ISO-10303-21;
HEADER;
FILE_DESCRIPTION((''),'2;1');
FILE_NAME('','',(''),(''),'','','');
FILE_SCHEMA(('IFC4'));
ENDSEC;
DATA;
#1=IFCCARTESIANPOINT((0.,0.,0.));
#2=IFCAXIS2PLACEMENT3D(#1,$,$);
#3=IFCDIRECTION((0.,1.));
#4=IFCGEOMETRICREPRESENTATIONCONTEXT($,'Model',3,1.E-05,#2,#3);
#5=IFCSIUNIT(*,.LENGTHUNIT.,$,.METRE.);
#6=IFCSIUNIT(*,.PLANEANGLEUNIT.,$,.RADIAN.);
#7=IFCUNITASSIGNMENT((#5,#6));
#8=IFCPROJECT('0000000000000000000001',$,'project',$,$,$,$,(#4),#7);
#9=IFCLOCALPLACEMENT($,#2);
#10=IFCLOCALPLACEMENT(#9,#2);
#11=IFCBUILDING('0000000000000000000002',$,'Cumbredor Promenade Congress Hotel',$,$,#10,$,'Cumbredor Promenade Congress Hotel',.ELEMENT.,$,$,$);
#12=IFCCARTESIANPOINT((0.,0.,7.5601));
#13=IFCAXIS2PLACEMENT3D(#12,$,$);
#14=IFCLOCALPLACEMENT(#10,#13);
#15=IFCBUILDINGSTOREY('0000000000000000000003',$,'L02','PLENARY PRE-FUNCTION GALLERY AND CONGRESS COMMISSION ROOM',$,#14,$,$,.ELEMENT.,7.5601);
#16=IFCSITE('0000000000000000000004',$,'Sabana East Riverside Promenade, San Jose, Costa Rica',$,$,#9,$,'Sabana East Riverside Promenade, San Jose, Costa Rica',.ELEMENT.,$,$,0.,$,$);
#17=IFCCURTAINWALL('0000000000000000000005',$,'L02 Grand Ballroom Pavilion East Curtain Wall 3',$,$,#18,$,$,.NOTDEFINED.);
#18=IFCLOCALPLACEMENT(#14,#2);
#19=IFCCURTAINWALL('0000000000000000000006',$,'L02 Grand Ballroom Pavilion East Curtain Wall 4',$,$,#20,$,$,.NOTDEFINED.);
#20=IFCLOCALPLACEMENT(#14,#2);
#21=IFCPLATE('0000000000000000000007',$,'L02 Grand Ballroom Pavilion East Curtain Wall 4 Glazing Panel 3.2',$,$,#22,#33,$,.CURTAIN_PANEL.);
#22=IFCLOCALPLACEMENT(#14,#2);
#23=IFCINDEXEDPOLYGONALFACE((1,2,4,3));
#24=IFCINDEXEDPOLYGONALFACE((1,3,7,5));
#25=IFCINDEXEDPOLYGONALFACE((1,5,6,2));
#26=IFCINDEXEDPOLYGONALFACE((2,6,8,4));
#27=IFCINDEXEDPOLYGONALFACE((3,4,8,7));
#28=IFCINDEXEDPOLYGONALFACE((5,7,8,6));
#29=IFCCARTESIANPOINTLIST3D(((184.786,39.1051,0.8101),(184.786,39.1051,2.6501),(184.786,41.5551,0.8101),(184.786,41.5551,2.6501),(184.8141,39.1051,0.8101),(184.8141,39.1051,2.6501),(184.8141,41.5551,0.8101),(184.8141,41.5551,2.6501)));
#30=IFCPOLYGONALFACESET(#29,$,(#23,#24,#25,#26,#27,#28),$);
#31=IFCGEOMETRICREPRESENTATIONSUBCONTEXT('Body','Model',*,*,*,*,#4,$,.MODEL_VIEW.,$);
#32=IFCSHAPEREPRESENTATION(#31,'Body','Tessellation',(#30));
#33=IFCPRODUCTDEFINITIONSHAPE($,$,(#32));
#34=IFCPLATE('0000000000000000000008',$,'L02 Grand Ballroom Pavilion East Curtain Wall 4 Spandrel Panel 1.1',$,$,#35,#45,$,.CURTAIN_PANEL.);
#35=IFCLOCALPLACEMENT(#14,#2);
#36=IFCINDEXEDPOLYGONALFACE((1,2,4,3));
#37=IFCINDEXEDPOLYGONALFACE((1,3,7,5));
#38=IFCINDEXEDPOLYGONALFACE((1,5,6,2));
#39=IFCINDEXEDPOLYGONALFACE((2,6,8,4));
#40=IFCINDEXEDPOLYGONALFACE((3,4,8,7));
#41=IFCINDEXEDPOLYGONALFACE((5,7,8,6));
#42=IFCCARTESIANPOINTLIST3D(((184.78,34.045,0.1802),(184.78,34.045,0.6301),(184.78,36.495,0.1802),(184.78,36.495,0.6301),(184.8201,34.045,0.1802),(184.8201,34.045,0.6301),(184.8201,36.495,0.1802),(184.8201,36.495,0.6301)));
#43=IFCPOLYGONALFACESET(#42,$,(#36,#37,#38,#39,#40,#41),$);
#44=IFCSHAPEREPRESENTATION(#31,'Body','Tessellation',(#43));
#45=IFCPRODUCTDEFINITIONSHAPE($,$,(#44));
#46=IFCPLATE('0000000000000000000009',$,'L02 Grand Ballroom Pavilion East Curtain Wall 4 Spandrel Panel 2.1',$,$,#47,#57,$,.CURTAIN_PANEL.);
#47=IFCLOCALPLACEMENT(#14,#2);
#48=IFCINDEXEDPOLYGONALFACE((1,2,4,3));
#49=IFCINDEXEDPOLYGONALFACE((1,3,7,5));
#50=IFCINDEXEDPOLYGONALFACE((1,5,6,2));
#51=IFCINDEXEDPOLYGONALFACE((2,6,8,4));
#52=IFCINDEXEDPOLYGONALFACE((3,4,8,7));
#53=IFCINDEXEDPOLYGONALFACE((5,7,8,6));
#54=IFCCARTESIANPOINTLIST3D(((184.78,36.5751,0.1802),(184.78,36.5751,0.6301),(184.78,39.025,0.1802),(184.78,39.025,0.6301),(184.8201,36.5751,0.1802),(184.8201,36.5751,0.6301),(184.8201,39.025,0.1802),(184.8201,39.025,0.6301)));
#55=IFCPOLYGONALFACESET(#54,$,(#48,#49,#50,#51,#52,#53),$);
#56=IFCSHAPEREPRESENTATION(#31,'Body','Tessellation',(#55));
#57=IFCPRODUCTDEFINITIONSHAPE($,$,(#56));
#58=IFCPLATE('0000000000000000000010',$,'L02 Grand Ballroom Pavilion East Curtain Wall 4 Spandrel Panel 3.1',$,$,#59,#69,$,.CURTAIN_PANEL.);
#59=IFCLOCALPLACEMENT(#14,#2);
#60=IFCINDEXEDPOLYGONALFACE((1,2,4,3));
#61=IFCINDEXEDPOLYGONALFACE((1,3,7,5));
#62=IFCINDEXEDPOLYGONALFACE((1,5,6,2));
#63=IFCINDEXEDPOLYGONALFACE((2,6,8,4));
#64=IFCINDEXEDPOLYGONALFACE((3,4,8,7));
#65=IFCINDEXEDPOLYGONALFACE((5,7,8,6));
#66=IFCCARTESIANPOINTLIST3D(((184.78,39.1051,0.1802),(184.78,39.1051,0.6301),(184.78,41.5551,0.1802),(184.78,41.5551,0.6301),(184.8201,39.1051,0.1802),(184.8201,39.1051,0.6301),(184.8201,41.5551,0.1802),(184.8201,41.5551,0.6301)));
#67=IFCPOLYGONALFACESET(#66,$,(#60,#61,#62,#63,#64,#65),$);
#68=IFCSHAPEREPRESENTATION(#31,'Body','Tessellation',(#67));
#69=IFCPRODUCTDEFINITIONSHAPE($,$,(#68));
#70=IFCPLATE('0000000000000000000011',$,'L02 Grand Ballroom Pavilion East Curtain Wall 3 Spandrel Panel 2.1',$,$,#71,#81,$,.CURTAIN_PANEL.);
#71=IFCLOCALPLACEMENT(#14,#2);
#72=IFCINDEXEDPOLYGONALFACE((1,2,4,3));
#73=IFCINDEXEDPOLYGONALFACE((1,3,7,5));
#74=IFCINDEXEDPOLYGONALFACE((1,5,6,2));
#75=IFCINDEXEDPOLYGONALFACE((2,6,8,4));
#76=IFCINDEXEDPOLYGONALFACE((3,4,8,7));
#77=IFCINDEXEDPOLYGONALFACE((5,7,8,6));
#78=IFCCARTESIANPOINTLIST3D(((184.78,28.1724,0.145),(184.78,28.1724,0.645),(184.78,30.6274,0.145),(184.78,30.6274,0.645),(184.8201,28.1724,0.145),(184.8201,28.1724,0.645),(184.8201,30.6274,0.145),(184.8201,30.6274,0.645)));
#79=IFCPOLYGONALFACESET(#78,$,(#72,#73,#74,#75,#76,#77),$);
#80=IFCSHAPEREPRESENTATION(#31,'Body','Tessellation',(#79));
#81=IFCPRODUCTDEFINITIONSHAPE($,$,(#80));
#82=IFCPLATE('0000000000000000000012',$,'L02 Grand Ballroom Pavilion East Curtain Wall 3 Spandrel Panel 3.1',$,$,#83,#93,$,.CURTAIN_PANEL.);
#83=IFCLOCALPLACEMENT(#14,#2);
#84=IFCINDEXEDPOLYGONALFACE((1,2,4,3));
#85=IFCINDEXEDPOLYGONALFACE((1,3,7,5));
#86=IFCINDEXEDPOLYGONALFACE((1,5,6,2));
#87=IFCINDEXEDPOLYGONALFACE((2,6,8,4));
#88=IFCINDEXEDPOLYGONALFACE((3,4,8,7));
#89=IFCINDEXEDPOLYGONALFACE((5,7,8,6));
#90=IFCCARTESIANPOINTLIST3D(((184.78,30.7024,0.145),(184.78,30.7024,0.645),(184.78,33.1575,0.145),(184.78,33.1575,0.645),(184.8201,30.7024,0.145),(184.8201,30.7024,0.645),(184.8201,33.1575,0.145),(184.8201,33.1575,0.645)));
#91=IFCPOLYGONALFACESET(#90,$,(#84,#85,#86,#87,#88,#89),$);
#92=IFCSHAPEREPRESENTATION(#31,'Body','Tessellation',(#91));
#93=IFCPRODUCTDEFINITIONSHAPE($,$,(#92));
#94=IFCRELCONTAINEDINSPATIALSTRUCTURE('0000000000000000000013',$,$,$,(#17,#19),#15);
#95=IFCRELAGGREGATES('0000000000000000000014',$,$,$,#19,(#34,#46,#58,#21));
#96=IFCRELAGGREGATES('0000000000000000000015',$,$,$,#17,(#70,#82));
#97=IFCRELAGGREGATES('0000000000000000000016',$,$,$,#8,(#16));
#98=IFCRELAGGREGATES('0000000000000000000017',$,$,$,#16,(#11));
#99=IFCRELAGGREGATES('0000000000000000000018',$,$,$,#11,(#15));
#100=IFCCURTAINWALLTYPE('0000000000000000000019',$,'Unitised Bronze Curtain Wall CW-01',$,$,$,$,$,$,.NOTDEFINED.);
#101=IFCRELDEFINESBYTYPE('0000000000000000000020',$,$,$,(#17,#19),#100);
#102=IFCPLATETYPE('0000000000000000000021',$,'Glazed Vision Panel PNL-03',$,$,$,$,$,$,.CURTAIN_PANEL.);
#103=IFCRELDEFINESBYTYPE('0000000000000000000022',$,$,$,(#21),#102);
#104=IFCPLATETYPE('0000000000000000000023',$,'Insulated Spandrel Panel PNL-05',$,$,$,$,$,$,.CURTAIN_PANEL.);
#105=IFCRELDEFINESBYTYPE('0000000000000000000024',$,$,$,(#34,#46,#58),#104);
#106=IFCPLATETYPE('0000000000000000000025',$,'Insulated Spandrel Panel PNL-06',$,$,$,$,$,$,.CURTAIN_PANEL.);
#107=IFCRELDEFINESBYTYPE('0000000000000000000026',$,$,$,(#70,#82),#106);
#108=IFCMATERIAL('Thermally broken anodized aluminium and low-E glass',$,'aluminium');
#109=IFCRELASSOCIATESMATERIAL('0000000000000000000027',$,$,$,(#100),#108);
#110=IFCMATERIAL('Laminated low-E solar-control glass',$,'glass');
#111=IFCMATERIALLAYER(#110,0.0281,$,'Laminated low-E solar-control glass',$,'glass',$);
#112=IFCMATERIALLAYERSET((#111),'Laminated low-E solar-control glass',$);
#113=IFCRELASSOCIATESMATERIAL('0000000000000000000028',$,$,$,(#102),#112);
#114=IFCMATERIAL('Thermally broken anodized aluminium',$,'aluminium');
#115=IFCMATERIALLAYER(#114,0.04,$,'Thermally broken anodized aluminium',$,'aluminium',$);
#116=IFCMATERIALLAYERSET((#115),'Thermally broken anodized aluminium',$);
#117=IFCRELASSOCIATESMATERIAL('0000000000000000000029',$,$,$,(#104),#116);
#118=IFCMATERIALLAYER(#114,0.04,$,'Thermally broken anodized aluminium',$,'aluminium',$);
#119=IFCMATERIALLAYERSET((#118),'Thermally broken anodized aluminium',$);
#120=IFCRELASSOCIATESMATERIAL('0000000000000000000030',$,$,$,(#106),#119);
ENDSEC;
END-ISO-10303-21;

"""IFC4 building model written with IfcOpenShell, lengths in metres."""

from ifc_helpers import new_model, si_unit, direction, frame, origin, origin_2d, place, context, subcontext, project, spatial, rectangle, extrude, material, layer, layer_set, type_object, element, aggregate, save


model = new_model("IFC4")

# Units and contexts
model_context = context("Model", 3, precision=1e-05, world=origin(), true_north=direction((0.0, 1.0)))
body_context = subcontext(model_context, "Body", "Model", "MODEL_VIEW")
ifc_project = project(units=[si_unit("LENGTHUNIT", "METRE"), si_unit("PLANEANGLEUNIT", "RADIAN")], contexts=[model_context])

# Site, building, storey
site_placement = place(None, origin())
site = spatial("IfcSite", under=ifc_project, at=site_placement, Name="Sabana East Riverside Promenade, San Jose, Costa Rica", LongName="Sabana East Riverside Promenade, San Jose, Costa Rica", CompositionType="ELEMENT", RefElevation=0.0)
building_placement = place(site_placement, origin())
building = spatial("IfcBuilding", under=site, at=building_placement, Name="Cumbredor Promenade Congress Hotel", LongName="Cumbredor Promenade Congress Hotel", CompositionType="ELEMENT")
storey_placement = place(building_placement, frame((0.0, 0.0, 7.5601)))
storey = spatial("IfcBuildingStorey", under=building, at=storey_placement, Name="L02", Description="PLENARY PRE-FUNCTION GALLERY AND CONGRESS COMMISSION ROOM", CompositionType="ELEMENT", Elevation=7.5601)

# Curtain walls
ifc_material_1 = material(Name="Thermally broken anodized aluminium and low-E glass", Category="aluminium")
curtain_wall_type = type_object("IfcCurtainWallType", Name="Unitised Bronze Curtain Wall CW-01", PredefinedType="NOTDEFINED", material=ifc_material_1)
curtain_wall_1_placement = place(storey_placement, origin())
curtain_wall_1 = element("IfcCurtainWall", 1, at=curtain_wall_1_placement, inside=storey, type_object=curtain_wall_type, Name="L02 Grand Ballroom Pavilion East Curtain Wall 3", PredefinedType="NOTDEFINED")
ifc_material_2 = material(Name="Thermally broken anodized aluminium", Category="aluminium")
curtain_wall_2_placement = place(storey_placement, origin())
curtain_wall_2 = element("IfcCurtainWall", 2, at=curtain_wall_2_placement, inside=storey, type_object=curtain_wall_type, Name="L02 Grand Ballroom Pavilion East Curtain Wall 4", PredefinedType="NOTDEFINED")

# Plates
ifc_material_3 = material(Name="Laminated low-E solar-control glass", Category="glass")
ifc_layer_1 = layer(ifc_material_3, 0.0281, Name="Laminated low-E solar-control glass", Category="glass")
ifc_layer_set_1 = layer_set([ifc_layer_1], Name="Laminated low-E solar-control glass")
plate_type_1 = type_object("IfcPlateType", Name="Glazed Vision Panel PNL-03", PredefinedType="CURTAIN_PANEL", material=ifc_layer_set_1)
plate_1_placement = place(storey_placement, frame((184.8, 40.3301, 0.8101), z_axis=(0.0, 0.0, 1.0), x_axis=(0.0, 1.0, 0.0)))
plate_1 = element("IfcPlate", 3, at=plate_1_placement, type_object=plate_type_1, Name="L02 Grand Ballroom Pavilion East Curtain Wall 4 Glazing Panel 3.2", PredefinedType="CURTAIN_PANEL", context=body_context, shape_type="SweptSolid", body=[
    extrude(rectangle(XDim=2.45, YDim=0.0281, at=origin_2d()), origin(), (0.0, 0.0, 1.0), 1.8401),
])
ifc_layer_2 = layer(ifc_material_2, 0.04, Name="Thermally broken anodized aluminium", Category="aluminium")
ifc_layer_set_2 = layer_set([ifc_layer_2], Name="Thermally broken anodized aluminium")
plate_type_2 = type_object("IfcPlateType", Name="Insulated Spandrel Panel PNL-05", PredefinedType="CURTAIN_PANEL", material=ifc_layer_set_2)
plate_2_placement = place(storey_placement, frame((184.8, 35.27, 0.1802), z_axis=(0.0, 0.0, 1.0), x_axis=(0.0, 1.0, 0.0)))
plate_2 = element("IfcPlate", 4, at=plate_2_placement, type_object=plate_type_2, Name="L02 Grand Ballroom Pavilion East Curtain Wall 4 Spandrel Panel 1.1", PredefinedType="CURTAIN_PANEL", context=body_context, shape_type="SweptSolid", body=[
    extrude(rectangle(XDim=2.45, YDim=0.04, at=origin_2d()), origin(), (0.0, 0.0, 1.0), 0.45),
])
plate_3_placement = place(storey_placement, frame((184.8, 37.8, 0.1802), z_axis=(0.0, 0.0, 1.0), x_axis=(0.0, 1.0, 0.0)))
plate_3 = element("IfcPlate", 5, at=plate_3_placement, type_object=plate_type_2, Name="L02 Grand Ballroom Pavilion East Curtain Wall 4 Spandrel Panel 2.1", PredefinedType="CURTAIN_PANEL", context=body_context, shape_type="SweptSolid", body=[
    extrude(rectangle(XDim=2.45, YDim=0.04, at=origin_2d()), origin(), (0.0, 0.0, 1.0), 0.45),
])
plate_4_placement = place(storey_placement, frame((184.8, 40.3301, 0.1802), z_axis=(0.0, 0.0, 1.0), x_axis=(0.0, 1.0, 0.0)))
plate_4 = element("IfcPlate", 6, at=plate_4_placement, type_object=plate_type_2, Name="L02 Grand Ballroom Pavilion East Curtain Wall 4 Spandrel Panel 3.1", PredefinedType="CURTAIN_PANEL", context=body_context, shape_type="SweptSolid", body=[
    extrude(rectangle(XDim=2.45, YDim=0.04, at=origin_2d()), origin(), (0.0, 0.0, 1.0), 0.45),
])
aggregate(curtain_wall_2, [plate_2, plate_3, plate_4, plate_1])
ifc_layer_3 = layer(ifc_material_2, 0.04, Name="Thermally broken anodized aluminium", Category="aluminium")
ifc_layer_set_3 = layer_set([ifc_layer_3], Name="Thermally broken anodized aluminium")
plate_type_3 = type_object("IfcPlateType", Name="Insulated Spandrel Panel PNL-06", PredefinedType="CURTAIN_PANEL", material=ifc_layer_set_3)
plate_5_placement = place(storey_placement, frame((184.8, 29.3999, 0.145), z_axis=(0.0, 0.0, 1.0), x_axis=(0.0, 1.0, 0.0)))
plate_5 = element("IfcPlate", 7, at=plate_5_placement, type_object=plate_type_3, Name="L02 Grand Ballroom Pavilion East Curtain Wall 3 Spandrel Panel 2.1", PredefinedType="CURTAIN_PANEL", context=body_context, shape_type="SweptSolid", body=[
    extrude(rectangle(XDim=2.4551, YDim=0.04, at=origin_2d()), origin(), (0.0, 0.0, 1.0), 0.5),
])
plate_6_placement = place(storey_placement, frame((184.8, 31.9299, 0.145), z_axis=(0.0, 0.0, 1.0), x_axis=(0.0, 1.0, 0.0)))
plate_6 = element("IfcPlate", 8, at=plate_6_placement, type_object=plate_type_3, Name="L02 Grand Ballroom Pavilion East Curtain Wall 3 Spandrel Panel 3.1", PredefinedType="CURTAIN_PANEL", context=body_context, shape_type="SweptSolid", body=[
    extrude(rectangle(XDim=2.4551, YDim=0.04, at=origin_2d()), origin(), (0.0, 0.0, 1.0), 0.5),
])
aggregate(curtain_wall_1, [plate_5, plate_6])

save(model, "model.ifc")
